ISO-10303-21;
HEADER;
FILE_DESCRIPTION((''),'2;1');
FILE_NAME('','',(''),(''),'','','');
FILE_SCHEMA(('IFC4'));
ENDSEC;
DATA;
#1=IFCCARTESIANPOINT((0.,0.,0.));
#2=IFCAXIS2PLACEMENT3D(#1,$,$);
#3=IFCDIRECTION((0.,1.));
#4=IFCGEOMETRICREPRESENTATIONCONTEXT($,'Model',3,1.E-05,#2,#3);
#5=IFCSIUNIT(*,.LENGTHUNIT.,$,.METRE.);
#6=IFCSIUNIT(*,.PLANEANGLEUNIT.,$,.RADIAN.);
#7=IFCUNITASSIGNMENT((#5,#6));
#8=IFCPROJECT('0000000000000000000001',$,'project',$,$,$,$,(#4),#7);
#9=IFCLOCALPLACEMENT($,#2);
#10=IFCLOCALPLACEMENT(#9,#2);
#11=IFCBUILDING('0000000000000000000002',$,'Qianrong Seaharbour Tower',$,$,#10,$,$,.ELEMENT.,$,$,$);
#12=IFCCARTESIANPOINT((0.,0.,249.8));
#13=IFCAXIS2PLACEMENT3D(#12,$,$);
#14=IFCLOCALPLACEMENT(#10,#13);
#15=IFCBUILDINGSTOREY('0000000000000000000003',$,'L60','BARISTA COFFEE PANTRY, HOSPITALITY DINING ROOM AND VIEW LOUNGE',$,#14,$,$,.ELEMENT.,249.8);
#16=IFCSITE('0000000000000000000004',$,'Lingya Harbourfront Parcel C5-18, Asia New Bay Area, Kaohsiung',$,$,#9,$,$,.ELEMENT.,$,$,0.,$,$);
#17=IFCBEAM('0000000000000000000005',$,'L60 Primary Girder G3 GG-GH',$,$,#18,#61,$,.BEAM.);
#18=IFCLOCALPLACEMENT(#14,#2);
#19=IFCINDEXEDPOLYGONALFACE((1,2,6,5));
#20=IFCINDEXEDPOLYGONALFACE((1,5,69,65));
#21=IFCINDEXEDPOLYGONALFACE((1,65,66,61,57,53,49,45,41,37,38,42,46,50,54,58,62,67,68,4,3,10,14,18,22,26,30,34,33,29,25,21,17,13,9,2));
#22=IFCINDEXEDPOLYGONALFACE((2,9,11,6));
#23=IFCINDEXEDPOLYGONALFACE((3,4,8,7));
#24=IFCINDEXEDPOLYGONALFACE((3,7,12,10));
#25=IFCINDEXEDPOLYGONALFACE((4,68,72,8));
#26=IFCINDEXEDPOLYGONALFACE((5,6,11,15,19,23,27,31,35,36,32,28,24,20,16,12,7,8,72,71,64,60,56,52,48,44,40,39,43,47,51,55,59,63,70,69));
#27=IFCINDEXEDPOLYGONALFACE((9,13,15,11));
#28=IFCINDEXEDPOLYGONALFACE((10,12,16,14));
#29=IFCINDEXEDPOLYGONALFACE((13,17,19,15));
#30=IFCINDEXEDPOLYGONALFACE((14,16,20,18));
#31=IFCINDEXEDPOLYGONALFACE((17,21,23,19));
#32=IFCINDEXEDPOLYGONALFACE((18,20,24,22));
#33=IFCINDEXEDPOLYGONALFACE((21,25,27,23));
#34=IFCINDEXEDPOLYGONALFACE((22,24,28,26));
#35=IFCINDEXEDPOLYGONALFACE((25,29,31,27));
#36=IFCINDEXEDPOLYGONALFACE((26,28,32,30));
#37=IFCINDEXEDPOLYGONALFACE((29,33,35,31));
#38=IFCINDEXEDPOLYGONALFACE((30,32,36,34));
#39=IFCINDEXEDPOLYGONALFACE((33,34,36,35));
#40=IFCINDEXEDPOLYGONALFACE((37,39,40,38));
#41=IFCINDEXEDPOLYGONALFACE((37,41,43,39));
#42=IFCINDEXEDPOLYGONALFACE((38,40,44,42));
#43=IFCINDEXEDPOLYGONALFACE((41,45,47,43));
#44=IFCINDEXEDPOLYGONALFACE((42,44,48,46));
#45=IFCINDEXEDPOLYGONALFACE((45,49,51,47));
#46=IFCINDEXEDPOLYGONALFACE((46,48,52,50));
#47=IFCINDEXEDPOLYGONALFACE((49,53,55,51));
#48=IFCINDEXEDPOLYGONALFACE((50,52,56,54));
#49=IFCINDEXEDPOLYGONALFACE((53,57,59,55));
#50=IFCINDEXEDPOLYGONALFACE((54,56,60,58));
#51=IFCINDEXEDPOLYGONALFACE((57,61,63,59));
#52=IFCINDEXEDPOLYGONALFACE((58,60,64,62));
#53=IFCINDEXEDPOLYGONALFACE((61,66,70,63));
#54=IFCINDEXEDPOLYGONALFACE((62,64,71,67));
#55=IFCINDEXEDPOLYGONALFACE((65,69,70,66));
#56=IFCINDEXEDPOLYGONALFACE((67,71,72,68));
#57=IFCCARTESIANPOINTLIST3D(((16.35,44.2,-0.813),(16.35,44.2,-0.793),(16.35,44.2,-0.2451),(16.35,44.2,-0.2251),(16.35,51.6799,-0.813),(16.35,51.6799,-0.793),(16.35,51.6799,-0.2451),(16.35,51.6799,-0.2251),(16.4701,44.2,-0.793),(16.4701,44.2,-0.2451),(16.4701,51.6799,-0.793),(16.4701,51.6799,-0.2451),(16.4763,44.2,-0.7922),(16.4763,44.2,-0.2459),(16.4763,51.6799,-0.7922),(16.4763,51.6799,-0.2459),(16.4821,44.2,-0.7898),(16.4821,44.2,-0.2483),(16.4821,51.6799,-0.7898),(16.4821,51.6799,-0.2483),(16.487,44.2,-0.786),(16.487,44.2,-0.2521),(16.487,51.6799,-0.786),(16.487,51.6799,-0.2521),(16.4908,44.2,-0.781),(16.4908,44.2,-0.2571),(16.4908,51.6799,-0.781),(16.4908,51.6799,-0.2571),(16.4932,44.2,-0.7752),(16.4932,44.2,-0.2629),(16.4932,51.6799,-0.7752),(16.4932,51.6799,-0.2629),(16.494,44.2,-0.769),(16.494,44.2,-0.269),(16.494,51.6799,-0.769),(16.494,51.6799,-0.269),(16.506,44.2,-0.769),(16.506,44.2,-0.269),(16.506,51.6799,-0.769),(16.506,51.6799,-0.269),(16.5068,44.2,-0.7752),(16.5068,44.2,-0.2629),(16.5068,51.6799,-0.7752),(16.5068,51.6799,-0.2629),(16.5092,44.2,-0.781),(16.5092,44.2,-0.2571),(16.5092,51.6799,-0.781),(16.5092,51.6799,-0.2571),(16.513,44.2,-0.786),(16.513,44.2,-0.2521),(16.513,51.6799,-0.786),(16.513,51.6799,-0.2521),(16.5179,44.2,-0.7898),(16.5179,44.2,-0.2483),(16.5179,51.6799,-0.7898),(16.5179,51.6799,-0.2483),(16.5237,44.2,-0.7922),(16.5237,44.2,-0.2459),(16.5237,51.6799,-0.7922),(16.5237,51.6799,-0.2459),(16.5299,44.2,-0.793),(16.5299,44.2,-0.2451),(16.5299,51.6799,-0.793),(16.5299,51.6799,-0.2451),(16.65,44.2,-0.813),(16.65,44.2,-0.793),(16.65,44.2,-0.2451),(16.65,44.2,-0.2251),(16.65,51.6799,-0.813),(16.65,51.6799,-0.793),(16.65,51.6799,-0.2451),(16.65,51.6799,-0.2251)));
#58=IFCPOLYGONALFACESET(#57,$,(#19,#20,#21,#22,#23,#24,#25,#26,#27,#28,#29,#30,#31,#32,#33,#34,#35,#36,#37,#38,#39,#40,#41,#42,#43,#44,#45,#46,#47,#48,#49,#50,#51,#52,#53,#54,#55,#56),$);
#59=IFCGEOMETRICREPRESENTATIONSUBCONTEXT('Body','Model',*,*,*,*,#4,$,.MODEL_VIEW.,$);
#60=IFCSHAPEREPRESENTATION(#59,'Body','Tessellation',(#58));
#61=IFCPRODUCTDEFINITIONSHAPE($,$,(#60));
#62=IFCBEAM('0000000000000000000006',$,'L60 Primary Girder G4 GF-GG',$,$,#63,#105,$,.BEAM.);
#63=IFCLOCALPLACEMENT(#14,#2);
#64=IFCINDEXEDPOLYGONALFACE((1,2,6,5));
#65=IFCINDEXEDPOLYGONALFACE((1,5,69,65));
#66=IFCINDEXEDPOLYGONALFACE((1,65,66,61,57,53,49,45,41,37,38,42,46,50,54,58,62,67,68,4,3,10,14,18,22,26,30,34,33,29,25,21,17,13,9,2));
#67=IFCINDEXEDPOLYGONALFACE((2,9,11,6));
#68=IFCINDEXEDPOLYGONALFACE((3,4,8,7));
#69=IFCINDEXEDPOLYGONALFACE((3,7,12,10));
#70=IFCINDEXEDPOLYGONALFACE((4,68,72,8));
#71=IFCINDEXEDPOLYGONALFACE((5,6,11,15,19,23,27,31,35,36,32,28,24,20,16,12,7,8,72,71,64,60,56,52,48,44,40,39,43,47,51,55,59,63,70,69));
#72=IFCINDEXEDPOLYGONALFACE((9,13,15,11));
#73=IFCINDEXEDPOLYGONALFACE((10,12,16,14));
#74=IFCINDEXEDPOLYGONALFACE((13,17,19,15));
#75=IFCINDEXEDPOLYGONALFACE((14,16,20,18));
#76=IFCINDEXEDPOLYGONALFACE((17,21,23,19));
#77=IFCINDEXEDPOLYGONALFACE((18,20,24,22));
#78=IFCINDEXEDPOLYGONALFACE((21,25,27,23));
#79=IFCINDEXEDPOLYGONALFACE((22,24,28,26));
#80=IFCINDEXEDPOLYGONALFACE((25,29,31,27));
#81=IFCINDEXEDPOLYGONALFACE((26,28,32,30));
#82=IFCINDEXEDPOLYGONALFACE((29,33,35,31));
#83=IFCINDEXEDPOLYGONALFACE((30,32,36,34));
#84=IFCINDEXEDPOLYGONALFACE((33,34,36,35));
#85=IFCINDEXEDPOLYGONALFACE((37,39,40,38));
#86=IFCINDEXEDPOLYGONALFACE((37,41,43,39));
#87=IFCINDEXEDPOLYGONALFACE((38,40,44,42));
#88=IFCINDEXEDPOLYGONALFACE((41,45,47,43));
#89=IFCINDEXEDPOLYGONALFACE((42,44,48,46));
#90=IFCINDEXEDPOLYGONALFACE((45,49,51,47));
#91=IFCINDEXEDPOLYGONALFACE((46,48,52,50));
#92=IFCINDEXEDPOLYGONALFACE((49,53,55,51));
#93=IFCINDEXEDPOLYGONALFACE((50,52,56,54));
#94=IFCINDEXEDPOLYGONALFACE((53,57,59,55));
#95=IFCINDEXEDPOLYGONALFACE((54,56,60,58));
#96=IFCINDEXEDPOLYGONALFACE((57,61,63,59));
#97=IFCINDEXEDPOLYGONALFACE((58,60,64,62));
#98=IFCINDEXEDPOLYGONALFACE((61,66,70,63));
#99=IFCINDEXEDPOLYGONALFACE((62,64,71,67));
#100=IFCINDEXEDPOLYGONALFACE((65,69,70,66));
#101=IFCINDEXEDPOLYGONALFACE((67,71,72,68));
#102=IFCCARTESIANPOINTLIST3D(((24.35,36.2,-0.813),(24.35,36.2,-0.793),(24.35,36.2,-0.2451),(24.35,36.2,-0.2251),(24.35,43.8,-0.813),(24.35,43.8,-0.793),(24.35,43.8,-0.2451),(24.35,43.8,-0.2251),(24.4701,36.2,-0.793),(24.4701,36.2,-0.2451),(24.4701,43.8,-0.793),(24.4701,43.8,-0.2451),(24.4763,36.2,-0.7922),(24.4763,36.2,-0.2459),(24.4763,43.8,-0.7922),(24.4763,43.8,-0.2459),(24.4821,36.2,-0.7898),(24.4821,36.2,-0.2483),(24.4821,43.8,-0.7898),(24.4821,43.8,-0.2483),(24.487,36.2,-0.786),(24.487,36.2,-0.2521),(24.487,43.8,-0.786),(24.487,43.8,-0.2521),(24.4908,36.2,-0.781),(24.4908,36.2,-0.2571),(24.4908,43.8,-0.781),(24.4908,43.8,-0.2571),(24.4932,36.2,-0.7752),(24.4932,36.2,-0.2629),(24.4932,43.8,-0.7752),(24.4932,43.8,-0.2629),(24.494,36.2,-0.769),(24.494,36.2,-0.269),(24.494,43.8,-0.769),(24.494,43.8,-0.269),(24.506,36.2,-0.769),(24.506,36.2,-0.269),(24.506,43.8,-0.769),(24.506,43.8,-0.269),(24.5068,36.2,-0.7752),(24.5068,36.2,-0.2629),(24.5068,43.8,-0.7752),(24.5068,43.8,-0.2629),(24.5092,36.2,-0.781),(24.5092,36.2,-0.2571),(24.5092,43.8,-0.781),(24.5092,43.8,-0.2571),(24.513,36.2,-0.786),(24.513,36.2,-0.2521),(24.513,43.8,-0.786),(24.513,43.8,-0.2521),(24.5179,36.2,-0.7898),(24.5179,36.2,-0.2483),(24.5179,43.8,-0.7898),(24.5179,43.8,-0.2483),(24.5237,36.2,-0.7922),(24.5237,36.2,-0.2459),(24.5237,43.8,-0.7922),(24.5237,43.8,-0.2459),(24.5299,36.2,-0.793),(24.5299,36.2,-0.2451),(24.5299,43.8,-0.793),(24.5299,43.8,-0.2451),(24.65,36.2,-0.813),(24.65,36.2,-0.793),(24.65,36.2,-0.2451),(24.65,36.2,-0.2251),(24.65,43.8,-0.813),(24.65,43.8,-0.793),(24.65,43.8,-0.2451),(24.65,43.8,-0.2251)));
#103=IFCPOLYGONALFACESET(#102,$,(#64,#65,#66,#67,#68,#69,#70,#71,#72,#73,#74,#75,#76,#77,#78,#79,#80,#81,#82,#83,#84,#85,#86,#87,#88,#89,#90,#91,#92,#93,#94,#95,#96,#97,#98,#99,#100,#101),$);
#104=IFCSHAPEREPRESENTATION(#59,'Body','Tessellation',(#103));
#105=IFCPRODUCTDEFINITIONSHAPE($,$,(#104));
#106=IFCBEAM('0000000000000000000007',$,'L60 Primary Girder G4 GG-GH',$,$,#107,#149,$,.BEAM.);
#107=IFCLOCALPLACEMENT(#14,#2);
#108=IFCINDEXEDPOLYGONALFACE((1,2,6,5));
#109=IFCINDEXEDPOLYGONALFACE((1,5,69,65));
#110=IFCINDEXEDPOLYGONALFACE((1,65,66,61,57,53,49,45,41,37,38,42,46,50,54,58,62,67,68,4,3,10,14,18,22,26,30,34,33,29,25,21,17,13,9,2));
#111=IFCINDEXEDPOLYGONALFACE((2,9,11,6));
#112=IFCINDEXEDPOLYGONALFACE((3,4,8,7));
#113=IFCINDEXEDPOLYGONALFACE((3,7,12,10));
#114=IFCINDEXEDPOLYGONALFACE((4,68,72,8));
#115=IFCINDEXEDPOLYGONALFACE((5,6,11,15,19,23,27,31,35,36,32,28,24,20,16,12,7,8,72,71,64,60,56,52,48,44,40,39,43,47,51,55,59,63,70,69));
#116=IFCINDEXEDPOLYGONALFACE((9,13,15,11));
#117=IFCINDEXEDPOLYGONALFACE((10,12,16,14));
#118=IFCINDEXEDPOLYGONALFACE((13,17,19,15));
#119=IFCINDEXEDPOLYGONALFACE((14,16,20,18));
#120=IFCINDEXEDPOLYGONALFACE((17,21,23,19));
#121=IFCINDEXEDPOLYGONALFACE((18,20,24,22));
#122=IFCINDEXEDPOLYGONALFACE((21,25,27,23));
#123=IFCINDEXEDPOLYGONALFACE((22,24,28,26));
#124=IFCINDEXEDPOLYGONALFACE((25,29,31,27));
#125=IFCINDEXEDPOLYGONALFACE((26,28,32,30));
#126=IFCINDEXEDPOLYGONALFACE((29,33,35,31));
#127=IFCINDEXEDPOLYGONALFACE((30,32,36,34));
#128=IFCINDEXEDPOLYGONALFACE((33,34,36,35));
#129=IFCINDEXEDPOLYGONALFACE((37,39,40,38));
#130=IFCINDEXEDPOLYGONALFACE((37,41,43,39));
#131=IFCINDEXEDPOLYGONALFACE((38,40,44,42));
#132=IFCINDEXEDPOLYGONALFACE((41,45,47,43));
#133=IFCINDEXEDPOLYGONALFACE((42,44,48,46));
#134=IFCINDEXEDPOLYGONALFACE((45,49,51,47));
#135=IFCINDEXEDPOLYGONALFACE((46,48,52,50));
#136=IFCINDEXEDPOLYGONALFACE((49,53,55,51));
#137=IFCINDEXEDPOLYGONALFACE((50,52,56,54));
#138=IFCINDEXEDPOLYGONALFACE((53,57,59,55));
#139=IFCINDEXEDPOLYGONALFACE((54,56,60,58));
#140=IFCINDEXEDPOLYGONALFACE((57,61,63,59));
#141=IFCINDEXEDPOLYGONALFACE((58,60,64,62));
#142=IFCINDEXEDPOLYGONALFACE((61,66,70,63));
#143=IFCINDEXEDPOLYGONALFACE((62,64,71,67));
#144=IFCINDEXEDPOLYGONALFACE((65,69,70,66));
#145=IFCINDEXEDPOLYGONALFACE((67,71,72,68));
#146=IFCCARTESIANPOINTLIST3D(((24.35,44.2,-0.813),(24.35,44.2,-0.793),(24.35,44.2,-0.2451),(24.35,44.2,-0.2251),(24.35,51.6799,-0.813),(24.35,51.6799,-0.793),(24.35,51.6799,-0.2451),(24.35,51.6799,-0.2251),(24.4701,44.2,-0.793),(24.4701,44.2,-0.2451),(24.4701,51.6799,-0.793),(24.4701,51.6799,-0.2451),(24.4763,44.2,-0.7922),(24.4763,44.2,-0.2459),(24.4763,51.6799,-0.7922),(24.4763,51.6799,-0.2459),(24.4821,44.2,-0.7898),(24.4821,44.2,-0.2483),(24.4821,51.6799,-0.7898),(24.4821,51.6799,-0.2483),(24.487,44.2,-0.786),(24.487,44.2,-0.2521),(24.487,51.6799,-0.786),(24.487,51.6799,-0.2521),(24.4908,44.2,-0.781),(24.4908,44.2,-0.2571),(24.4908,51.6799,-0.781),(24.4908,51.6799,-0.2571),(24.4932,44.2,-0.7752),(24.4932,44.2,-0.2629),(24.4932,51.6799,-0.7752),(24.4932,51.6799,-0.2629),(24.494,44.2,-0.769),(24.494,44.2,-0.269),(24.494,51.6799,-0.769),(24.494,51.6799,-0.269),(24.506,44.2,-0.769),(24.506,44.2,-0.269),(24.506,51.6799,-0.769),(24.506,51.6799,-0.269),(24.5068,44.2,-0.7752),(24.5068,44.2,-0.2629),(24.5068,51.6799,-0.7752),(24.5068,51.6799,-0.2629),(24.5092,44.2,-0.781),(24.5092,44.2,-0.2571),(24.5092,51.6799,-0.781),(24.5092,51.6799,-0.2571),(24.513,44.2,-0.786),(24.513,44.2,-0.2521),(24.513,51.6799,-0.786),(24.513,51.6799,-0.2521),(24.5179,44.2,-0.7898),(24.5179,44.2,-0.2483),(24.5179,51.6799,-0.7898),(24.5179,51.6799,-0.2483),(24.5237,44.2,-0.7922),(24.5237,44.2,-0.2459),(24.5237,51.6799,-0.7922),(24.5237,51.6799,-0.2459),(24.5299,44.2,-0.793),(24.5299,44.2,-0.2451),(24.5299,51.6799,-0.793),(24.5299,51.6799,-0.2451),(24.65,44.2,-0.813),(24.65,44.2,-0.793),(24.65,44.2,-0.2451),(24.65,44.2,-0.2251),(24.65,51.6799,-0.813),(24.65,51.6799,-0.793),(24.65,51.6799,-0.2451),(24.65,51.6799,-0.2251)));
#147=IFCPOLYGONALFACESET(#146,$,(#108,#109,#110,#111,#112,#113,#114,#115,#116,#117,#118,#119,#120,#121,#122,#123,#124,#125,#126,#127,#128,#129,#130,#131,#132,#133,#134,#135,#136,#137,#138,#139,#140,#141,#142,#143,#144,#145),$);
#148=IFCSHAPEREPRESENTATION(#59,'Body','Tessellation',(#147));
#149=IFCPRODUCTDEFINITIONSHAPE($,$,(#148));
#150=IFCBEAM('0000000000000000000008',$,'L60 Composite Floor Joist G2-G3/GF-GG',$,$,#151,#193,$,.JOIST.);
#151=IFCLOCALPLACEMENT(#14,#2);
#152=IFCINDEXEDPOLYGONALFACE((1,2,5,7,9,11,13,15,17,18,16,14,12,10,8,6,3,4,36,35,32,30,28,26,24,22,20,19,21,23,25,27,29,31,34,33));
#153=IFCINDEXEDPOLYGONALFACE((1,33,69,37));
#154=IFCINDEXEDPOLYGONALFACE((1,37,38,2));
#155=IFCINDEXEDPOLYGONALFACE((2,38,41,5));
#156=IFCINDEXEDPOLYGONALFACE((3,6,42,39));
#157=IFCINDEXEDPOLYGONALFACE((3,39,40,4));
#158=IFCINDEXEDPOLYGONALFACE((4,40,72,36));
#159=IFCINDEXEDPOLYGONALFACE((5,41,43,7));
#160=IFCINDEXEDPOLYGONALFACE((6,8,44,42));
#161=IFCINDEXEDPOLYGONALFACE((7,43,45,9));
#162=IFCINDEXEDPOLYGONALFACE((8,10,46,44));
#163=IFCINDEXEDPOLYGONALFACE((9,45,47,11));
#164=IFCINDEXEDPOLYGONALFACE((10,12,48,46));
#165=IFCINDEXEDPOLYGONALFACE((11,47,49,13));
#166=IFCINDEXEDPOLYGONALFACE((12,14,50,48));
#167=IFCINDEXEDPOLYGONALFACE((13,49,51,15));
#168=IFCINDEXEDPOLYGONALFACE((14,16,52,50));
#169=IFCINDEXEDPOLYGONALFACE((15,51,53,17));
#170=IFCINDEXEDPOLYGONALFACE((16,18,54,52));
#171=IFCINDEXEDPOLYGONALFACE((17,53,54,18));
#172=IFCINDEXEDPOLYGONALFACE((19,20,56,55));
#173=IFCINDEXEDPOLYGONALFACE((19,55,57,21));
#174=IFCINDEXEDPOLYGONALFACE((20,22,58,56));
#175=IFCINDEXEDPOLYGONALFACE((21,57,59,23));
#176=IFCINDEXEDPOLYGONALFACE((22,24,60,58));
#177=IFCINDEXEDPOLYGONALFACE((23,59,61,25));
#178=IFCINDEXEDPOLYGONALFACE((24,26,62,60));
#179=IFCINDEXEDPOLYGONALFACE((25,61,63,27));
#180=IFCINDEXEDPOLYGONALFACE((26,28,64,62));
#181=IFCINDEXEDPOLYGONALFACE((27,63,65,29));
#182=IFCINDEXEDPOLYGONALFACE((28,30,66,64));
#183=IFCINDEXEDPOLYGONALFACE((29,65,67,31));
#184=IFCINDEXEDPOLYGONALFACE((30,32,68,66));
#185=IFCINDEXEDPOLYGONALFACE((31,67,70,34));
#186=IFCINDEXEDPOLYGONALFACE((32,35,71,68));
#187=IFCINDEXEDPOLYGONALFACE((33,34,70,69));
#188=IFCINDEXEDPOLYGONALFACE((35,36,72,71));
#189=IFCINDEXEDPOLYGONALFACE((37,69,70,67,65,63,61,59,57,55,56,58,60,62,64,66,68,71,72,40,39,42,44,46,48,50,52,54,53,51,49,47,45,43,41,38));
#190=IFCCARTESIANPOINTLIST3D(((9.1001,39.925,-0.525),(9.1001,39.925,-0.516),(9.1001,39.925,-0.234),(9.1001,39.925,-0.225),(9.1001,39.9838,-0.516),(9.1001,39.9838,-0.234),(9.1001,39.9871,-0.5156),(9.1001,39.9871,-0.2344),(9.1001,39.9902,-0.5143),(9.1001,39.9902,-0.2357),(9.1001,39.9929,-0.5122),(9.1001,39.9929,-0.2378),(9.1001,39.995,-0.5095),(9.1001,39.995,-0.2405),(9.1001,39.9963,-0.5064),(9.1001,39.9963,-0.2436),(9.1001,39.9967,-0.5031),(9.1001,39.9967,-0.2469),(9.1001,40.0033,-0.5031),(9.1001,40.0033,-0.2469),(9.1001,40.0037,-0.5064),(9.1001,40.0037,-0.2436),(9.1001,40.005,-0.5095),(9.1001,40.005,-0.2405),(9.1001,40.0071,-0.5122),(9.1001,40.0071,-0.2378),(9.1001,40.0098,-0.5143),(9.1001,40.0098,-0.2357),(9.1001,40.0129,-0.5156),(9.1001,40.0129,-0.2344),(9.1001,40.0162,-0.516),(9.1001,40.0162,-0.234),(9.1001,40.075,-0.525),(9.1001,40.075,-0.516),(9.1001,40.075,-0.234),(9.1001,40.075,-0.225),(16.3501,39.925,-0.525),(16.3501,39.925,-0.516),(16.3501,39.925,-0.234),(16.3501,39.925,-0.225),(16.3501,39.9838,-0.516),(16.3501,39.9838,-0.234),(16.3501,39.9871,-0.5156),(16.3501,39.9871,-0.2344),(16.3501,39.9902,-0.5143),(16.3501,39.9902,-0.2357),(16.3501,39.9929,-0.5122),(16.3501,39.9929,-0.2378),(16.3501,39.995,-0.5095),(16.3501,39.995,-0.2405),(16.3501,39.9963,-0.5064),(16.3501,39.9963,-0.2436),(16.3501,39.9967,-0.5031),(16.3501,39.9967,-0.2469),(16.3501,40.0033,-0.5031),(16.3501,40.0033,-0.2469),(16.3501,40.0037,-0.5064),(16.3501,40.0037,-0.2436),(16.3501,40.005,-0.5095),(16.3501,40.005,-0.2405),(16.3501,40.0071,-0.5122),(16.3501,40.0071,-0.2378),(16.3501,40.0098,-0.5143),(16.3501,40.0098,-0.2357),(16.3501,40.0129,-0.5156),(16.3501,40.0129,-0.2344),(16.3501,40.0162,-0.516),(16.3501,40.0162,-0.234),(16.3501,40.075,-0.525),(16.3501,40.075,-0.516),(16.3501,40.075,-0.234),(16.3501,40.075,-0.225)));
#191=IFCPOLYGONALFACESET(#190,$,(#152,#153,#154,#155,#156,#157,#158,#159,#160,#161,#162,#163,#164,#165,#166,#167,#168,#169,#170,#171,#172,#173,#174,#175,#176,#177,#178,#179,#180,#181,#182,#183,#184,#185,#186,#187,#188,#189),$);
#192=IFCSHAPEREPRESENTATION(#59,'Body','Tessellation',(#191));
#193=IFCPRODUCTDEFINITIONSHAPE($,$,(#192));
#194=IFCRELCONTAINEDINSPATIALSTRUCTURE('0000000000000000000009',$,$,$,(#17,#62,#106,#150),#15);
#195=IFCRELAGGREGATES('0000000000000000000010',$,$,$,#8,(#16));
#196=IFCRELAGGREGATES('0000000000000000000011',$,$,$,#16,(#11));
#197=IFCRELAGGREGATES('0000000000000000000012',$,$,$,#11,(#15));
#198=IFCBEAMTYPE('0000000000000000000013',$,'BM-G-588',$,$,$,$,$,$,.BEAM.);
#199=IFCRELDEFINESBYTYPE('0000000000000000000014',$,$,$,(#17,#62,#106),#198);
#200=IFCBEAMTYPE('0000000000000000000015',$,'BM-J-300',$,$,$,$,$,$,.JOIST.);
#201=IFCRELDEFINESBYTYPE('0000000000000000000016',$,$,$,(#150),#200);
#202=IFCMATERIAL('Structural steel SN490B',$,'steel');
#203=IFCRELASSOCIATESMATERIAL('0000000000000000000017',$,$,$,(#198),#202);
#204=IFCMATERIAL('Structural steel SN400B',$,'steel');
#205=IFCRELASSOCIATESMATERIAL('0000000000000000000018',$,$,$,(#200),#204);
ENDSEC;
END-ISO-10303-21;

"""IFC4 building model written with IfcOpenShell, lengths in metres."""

from ifc_helpers import new_model, si_unit, direction, frame, origin, origin_2d, place, context, subcontext, project, spatial, i_section, extrude, material, material_profile, profile_set, type_object, element, save


model = new_model("IFC4")

# Units and contexts
model_context = context("Model", 3, precision=1e-05, world=origin(), true_north=direction((0.0, 1.0)))
body_context = subcontext(model_context, "Body", "Model", "MODEL_VIEW")
ifc_project = project(units=[si_unit("LENGTHUNIT", "METRE"), si_unit("PLANEANGLEUNIT", "RADIAN")], contexts=[model_context])

# Site, building, storey
site_placement = place(None, origin())
site = spatial("IfcSite", under=ifc_project, at=site_placement, Name="Lingya Harbourfront Parcel C5-18, Asia New Bay Area, Kaohsiung", CompositionType="ELEMENT", RefElevation=0.0)
building_placement = place(site_placement, origin())
building = spatial("IfcBuilding", under=site, at=building_placement, Name="Qianrong Seaharbour Tower", CompositionType="ELEMENT")
storey_placement = place(building_placement, frame((0.0, 0.0, 249.8)))
storey = spatial("IfcBuildingStorey", under=building, at=storey_placement, Name="L60", Description="BARISTA COFFEE PANTRY, HOSPITALITY DINING ROOM AND VIEW LOUNGE", CompositionType="ELEMENT", Elevation=249.8)

# Shared definitions
ifc_material_1 = material(Name="Structural steel SN490B", Category="steel")

# Beams
ifc_material_profile_1 = material_profile(ifc_material_1, i_section(OverallWidth=0.3, OverallDepth=0.5879, WebThickness=0.012, FlangeThickness=0.02, FilletRadius=0.0239, at=origin_2d()), Name="H588x300x12x20")
ifc_profile_set_1 = profile_set([ifc_material_profile_1], Name="Structural steel SN490B")
beam_type_1 = type_object("IfcBeamType", Name="BM-G-588", PredefinedType="BEAM", material=ifc_profile_set_1)
beam_1_placement = place(storey_placement, frame((16.5, 44.2, -0.519), z_axis=(0.0, 1.0, 0.0), x_axis=(-1.0, 0.0, 0.0)))
element("IfcBeam", 1, at=beam_1_placement, inside=storey, type_object=beam_type_1, Name="L60 Primary Girder G3 GG-GH", PredefinedType="BEAM", context=body_context, shape_type="SweptSolid", body=[
    extrude(i_section(OverallWidth=0.3, OverallDepth=0.5879, WebThickness=0.012, FlangeThickness=0.02, FilletRadius=0.0239, at=origin_2d()), origin(), (0.0, 0.0, 1.0), 7.48),
])
beam_2_placement = place(storey_placement, frame((24.5, 36.2, -0.519), z_axis=(0.0, 1.0, 0.0), x_axis=(-1.0, 0.0, 0.0)))
element("IfcBeam", 2, at=beam_2_placement, inside=storey, type_object=beam_type_1, Name="L60 Primary Girder G4 GF-GG", PredefinedType="BEAM", context=body_context, shape_type="SweptSolid", body=[
    extrude(i_section(OverallWidth=0.3, OverallDepth=0.5879, WebThickness=0.012, FlangeThickness=0.02, FilletRadius=0.0239, at=origin_2d()), origin(), (0.0, 0.0, 1.0), 7.6001),
])
beam_3_placement = place(storey_placement, frame((24.5, 44.2, -0.519), z_axis=(0.0, 1.0, 0.0), x_axis=(-1.0, 0.0, 0.0)))
element("IfcBeam", 3, at=beam_3_placement, inside=storey, type_object=beam_type_1, Name="L60 Primary Girder G4 GG-GH", PredefinedType="BEAM", context=body_context, shape_type="SweptSolid", body=[
    extrude(i_section(OverallWidth=0.3, OverallDepth=0.5879, WebThickness=0.012, FlangeThickness=0.02, FilletRadius=0.0239, at=origin_2d()), origin(), (0.0, 0.0, 1.0), 7.48),
])
ifc_material_2 = material(Name="Structural steel SN400B", Category="steel")
ifc_material_profile_2 = material_profile(ifc_material_2, i_section(OverallWidth=0.1499, OverallDepth=0.3, WebThickness=0.0066, FlangeThickness=0.009, FilletRadius=0.0129, at=origin_2d()), Name="H300x150x6.5x9")
ifc_profile_set_2 = profile_set([ifc_material_profile_2], Name="Structural steel SN400B")
beam_type_2 = type_object("IfcBeamType", Name="BM-J-300", PredefinedType="JOIST", material=ifc_profile_set_2)
beam_4_placement = place(storey_placement, frame((9.1001, 40.0, -0.375), z_axis=(1.0, 0.0, 0.0), x_axis=(0.0, 1.0, 0.0)))
element("IfcBeam", 4, at=beam_4_placement, inside=storey, type_object=beam_type_2, Name="L60 Composite Floor Joist G2-G3/GF-GG", PredefinedType="JOIST", context=body_context, shape_type="SweptSolid", body=[
    extrude(i_section(OverallWidth=0.1499, OverallDepth=0.3, WebThickness=0.0066, FlangeThickness=0.009, FilletRadius=0.0129, at=origin_2d()), origin(), (0.0, 0.0, 1.0), 7.25),
])

save(model, "model.ifc")
